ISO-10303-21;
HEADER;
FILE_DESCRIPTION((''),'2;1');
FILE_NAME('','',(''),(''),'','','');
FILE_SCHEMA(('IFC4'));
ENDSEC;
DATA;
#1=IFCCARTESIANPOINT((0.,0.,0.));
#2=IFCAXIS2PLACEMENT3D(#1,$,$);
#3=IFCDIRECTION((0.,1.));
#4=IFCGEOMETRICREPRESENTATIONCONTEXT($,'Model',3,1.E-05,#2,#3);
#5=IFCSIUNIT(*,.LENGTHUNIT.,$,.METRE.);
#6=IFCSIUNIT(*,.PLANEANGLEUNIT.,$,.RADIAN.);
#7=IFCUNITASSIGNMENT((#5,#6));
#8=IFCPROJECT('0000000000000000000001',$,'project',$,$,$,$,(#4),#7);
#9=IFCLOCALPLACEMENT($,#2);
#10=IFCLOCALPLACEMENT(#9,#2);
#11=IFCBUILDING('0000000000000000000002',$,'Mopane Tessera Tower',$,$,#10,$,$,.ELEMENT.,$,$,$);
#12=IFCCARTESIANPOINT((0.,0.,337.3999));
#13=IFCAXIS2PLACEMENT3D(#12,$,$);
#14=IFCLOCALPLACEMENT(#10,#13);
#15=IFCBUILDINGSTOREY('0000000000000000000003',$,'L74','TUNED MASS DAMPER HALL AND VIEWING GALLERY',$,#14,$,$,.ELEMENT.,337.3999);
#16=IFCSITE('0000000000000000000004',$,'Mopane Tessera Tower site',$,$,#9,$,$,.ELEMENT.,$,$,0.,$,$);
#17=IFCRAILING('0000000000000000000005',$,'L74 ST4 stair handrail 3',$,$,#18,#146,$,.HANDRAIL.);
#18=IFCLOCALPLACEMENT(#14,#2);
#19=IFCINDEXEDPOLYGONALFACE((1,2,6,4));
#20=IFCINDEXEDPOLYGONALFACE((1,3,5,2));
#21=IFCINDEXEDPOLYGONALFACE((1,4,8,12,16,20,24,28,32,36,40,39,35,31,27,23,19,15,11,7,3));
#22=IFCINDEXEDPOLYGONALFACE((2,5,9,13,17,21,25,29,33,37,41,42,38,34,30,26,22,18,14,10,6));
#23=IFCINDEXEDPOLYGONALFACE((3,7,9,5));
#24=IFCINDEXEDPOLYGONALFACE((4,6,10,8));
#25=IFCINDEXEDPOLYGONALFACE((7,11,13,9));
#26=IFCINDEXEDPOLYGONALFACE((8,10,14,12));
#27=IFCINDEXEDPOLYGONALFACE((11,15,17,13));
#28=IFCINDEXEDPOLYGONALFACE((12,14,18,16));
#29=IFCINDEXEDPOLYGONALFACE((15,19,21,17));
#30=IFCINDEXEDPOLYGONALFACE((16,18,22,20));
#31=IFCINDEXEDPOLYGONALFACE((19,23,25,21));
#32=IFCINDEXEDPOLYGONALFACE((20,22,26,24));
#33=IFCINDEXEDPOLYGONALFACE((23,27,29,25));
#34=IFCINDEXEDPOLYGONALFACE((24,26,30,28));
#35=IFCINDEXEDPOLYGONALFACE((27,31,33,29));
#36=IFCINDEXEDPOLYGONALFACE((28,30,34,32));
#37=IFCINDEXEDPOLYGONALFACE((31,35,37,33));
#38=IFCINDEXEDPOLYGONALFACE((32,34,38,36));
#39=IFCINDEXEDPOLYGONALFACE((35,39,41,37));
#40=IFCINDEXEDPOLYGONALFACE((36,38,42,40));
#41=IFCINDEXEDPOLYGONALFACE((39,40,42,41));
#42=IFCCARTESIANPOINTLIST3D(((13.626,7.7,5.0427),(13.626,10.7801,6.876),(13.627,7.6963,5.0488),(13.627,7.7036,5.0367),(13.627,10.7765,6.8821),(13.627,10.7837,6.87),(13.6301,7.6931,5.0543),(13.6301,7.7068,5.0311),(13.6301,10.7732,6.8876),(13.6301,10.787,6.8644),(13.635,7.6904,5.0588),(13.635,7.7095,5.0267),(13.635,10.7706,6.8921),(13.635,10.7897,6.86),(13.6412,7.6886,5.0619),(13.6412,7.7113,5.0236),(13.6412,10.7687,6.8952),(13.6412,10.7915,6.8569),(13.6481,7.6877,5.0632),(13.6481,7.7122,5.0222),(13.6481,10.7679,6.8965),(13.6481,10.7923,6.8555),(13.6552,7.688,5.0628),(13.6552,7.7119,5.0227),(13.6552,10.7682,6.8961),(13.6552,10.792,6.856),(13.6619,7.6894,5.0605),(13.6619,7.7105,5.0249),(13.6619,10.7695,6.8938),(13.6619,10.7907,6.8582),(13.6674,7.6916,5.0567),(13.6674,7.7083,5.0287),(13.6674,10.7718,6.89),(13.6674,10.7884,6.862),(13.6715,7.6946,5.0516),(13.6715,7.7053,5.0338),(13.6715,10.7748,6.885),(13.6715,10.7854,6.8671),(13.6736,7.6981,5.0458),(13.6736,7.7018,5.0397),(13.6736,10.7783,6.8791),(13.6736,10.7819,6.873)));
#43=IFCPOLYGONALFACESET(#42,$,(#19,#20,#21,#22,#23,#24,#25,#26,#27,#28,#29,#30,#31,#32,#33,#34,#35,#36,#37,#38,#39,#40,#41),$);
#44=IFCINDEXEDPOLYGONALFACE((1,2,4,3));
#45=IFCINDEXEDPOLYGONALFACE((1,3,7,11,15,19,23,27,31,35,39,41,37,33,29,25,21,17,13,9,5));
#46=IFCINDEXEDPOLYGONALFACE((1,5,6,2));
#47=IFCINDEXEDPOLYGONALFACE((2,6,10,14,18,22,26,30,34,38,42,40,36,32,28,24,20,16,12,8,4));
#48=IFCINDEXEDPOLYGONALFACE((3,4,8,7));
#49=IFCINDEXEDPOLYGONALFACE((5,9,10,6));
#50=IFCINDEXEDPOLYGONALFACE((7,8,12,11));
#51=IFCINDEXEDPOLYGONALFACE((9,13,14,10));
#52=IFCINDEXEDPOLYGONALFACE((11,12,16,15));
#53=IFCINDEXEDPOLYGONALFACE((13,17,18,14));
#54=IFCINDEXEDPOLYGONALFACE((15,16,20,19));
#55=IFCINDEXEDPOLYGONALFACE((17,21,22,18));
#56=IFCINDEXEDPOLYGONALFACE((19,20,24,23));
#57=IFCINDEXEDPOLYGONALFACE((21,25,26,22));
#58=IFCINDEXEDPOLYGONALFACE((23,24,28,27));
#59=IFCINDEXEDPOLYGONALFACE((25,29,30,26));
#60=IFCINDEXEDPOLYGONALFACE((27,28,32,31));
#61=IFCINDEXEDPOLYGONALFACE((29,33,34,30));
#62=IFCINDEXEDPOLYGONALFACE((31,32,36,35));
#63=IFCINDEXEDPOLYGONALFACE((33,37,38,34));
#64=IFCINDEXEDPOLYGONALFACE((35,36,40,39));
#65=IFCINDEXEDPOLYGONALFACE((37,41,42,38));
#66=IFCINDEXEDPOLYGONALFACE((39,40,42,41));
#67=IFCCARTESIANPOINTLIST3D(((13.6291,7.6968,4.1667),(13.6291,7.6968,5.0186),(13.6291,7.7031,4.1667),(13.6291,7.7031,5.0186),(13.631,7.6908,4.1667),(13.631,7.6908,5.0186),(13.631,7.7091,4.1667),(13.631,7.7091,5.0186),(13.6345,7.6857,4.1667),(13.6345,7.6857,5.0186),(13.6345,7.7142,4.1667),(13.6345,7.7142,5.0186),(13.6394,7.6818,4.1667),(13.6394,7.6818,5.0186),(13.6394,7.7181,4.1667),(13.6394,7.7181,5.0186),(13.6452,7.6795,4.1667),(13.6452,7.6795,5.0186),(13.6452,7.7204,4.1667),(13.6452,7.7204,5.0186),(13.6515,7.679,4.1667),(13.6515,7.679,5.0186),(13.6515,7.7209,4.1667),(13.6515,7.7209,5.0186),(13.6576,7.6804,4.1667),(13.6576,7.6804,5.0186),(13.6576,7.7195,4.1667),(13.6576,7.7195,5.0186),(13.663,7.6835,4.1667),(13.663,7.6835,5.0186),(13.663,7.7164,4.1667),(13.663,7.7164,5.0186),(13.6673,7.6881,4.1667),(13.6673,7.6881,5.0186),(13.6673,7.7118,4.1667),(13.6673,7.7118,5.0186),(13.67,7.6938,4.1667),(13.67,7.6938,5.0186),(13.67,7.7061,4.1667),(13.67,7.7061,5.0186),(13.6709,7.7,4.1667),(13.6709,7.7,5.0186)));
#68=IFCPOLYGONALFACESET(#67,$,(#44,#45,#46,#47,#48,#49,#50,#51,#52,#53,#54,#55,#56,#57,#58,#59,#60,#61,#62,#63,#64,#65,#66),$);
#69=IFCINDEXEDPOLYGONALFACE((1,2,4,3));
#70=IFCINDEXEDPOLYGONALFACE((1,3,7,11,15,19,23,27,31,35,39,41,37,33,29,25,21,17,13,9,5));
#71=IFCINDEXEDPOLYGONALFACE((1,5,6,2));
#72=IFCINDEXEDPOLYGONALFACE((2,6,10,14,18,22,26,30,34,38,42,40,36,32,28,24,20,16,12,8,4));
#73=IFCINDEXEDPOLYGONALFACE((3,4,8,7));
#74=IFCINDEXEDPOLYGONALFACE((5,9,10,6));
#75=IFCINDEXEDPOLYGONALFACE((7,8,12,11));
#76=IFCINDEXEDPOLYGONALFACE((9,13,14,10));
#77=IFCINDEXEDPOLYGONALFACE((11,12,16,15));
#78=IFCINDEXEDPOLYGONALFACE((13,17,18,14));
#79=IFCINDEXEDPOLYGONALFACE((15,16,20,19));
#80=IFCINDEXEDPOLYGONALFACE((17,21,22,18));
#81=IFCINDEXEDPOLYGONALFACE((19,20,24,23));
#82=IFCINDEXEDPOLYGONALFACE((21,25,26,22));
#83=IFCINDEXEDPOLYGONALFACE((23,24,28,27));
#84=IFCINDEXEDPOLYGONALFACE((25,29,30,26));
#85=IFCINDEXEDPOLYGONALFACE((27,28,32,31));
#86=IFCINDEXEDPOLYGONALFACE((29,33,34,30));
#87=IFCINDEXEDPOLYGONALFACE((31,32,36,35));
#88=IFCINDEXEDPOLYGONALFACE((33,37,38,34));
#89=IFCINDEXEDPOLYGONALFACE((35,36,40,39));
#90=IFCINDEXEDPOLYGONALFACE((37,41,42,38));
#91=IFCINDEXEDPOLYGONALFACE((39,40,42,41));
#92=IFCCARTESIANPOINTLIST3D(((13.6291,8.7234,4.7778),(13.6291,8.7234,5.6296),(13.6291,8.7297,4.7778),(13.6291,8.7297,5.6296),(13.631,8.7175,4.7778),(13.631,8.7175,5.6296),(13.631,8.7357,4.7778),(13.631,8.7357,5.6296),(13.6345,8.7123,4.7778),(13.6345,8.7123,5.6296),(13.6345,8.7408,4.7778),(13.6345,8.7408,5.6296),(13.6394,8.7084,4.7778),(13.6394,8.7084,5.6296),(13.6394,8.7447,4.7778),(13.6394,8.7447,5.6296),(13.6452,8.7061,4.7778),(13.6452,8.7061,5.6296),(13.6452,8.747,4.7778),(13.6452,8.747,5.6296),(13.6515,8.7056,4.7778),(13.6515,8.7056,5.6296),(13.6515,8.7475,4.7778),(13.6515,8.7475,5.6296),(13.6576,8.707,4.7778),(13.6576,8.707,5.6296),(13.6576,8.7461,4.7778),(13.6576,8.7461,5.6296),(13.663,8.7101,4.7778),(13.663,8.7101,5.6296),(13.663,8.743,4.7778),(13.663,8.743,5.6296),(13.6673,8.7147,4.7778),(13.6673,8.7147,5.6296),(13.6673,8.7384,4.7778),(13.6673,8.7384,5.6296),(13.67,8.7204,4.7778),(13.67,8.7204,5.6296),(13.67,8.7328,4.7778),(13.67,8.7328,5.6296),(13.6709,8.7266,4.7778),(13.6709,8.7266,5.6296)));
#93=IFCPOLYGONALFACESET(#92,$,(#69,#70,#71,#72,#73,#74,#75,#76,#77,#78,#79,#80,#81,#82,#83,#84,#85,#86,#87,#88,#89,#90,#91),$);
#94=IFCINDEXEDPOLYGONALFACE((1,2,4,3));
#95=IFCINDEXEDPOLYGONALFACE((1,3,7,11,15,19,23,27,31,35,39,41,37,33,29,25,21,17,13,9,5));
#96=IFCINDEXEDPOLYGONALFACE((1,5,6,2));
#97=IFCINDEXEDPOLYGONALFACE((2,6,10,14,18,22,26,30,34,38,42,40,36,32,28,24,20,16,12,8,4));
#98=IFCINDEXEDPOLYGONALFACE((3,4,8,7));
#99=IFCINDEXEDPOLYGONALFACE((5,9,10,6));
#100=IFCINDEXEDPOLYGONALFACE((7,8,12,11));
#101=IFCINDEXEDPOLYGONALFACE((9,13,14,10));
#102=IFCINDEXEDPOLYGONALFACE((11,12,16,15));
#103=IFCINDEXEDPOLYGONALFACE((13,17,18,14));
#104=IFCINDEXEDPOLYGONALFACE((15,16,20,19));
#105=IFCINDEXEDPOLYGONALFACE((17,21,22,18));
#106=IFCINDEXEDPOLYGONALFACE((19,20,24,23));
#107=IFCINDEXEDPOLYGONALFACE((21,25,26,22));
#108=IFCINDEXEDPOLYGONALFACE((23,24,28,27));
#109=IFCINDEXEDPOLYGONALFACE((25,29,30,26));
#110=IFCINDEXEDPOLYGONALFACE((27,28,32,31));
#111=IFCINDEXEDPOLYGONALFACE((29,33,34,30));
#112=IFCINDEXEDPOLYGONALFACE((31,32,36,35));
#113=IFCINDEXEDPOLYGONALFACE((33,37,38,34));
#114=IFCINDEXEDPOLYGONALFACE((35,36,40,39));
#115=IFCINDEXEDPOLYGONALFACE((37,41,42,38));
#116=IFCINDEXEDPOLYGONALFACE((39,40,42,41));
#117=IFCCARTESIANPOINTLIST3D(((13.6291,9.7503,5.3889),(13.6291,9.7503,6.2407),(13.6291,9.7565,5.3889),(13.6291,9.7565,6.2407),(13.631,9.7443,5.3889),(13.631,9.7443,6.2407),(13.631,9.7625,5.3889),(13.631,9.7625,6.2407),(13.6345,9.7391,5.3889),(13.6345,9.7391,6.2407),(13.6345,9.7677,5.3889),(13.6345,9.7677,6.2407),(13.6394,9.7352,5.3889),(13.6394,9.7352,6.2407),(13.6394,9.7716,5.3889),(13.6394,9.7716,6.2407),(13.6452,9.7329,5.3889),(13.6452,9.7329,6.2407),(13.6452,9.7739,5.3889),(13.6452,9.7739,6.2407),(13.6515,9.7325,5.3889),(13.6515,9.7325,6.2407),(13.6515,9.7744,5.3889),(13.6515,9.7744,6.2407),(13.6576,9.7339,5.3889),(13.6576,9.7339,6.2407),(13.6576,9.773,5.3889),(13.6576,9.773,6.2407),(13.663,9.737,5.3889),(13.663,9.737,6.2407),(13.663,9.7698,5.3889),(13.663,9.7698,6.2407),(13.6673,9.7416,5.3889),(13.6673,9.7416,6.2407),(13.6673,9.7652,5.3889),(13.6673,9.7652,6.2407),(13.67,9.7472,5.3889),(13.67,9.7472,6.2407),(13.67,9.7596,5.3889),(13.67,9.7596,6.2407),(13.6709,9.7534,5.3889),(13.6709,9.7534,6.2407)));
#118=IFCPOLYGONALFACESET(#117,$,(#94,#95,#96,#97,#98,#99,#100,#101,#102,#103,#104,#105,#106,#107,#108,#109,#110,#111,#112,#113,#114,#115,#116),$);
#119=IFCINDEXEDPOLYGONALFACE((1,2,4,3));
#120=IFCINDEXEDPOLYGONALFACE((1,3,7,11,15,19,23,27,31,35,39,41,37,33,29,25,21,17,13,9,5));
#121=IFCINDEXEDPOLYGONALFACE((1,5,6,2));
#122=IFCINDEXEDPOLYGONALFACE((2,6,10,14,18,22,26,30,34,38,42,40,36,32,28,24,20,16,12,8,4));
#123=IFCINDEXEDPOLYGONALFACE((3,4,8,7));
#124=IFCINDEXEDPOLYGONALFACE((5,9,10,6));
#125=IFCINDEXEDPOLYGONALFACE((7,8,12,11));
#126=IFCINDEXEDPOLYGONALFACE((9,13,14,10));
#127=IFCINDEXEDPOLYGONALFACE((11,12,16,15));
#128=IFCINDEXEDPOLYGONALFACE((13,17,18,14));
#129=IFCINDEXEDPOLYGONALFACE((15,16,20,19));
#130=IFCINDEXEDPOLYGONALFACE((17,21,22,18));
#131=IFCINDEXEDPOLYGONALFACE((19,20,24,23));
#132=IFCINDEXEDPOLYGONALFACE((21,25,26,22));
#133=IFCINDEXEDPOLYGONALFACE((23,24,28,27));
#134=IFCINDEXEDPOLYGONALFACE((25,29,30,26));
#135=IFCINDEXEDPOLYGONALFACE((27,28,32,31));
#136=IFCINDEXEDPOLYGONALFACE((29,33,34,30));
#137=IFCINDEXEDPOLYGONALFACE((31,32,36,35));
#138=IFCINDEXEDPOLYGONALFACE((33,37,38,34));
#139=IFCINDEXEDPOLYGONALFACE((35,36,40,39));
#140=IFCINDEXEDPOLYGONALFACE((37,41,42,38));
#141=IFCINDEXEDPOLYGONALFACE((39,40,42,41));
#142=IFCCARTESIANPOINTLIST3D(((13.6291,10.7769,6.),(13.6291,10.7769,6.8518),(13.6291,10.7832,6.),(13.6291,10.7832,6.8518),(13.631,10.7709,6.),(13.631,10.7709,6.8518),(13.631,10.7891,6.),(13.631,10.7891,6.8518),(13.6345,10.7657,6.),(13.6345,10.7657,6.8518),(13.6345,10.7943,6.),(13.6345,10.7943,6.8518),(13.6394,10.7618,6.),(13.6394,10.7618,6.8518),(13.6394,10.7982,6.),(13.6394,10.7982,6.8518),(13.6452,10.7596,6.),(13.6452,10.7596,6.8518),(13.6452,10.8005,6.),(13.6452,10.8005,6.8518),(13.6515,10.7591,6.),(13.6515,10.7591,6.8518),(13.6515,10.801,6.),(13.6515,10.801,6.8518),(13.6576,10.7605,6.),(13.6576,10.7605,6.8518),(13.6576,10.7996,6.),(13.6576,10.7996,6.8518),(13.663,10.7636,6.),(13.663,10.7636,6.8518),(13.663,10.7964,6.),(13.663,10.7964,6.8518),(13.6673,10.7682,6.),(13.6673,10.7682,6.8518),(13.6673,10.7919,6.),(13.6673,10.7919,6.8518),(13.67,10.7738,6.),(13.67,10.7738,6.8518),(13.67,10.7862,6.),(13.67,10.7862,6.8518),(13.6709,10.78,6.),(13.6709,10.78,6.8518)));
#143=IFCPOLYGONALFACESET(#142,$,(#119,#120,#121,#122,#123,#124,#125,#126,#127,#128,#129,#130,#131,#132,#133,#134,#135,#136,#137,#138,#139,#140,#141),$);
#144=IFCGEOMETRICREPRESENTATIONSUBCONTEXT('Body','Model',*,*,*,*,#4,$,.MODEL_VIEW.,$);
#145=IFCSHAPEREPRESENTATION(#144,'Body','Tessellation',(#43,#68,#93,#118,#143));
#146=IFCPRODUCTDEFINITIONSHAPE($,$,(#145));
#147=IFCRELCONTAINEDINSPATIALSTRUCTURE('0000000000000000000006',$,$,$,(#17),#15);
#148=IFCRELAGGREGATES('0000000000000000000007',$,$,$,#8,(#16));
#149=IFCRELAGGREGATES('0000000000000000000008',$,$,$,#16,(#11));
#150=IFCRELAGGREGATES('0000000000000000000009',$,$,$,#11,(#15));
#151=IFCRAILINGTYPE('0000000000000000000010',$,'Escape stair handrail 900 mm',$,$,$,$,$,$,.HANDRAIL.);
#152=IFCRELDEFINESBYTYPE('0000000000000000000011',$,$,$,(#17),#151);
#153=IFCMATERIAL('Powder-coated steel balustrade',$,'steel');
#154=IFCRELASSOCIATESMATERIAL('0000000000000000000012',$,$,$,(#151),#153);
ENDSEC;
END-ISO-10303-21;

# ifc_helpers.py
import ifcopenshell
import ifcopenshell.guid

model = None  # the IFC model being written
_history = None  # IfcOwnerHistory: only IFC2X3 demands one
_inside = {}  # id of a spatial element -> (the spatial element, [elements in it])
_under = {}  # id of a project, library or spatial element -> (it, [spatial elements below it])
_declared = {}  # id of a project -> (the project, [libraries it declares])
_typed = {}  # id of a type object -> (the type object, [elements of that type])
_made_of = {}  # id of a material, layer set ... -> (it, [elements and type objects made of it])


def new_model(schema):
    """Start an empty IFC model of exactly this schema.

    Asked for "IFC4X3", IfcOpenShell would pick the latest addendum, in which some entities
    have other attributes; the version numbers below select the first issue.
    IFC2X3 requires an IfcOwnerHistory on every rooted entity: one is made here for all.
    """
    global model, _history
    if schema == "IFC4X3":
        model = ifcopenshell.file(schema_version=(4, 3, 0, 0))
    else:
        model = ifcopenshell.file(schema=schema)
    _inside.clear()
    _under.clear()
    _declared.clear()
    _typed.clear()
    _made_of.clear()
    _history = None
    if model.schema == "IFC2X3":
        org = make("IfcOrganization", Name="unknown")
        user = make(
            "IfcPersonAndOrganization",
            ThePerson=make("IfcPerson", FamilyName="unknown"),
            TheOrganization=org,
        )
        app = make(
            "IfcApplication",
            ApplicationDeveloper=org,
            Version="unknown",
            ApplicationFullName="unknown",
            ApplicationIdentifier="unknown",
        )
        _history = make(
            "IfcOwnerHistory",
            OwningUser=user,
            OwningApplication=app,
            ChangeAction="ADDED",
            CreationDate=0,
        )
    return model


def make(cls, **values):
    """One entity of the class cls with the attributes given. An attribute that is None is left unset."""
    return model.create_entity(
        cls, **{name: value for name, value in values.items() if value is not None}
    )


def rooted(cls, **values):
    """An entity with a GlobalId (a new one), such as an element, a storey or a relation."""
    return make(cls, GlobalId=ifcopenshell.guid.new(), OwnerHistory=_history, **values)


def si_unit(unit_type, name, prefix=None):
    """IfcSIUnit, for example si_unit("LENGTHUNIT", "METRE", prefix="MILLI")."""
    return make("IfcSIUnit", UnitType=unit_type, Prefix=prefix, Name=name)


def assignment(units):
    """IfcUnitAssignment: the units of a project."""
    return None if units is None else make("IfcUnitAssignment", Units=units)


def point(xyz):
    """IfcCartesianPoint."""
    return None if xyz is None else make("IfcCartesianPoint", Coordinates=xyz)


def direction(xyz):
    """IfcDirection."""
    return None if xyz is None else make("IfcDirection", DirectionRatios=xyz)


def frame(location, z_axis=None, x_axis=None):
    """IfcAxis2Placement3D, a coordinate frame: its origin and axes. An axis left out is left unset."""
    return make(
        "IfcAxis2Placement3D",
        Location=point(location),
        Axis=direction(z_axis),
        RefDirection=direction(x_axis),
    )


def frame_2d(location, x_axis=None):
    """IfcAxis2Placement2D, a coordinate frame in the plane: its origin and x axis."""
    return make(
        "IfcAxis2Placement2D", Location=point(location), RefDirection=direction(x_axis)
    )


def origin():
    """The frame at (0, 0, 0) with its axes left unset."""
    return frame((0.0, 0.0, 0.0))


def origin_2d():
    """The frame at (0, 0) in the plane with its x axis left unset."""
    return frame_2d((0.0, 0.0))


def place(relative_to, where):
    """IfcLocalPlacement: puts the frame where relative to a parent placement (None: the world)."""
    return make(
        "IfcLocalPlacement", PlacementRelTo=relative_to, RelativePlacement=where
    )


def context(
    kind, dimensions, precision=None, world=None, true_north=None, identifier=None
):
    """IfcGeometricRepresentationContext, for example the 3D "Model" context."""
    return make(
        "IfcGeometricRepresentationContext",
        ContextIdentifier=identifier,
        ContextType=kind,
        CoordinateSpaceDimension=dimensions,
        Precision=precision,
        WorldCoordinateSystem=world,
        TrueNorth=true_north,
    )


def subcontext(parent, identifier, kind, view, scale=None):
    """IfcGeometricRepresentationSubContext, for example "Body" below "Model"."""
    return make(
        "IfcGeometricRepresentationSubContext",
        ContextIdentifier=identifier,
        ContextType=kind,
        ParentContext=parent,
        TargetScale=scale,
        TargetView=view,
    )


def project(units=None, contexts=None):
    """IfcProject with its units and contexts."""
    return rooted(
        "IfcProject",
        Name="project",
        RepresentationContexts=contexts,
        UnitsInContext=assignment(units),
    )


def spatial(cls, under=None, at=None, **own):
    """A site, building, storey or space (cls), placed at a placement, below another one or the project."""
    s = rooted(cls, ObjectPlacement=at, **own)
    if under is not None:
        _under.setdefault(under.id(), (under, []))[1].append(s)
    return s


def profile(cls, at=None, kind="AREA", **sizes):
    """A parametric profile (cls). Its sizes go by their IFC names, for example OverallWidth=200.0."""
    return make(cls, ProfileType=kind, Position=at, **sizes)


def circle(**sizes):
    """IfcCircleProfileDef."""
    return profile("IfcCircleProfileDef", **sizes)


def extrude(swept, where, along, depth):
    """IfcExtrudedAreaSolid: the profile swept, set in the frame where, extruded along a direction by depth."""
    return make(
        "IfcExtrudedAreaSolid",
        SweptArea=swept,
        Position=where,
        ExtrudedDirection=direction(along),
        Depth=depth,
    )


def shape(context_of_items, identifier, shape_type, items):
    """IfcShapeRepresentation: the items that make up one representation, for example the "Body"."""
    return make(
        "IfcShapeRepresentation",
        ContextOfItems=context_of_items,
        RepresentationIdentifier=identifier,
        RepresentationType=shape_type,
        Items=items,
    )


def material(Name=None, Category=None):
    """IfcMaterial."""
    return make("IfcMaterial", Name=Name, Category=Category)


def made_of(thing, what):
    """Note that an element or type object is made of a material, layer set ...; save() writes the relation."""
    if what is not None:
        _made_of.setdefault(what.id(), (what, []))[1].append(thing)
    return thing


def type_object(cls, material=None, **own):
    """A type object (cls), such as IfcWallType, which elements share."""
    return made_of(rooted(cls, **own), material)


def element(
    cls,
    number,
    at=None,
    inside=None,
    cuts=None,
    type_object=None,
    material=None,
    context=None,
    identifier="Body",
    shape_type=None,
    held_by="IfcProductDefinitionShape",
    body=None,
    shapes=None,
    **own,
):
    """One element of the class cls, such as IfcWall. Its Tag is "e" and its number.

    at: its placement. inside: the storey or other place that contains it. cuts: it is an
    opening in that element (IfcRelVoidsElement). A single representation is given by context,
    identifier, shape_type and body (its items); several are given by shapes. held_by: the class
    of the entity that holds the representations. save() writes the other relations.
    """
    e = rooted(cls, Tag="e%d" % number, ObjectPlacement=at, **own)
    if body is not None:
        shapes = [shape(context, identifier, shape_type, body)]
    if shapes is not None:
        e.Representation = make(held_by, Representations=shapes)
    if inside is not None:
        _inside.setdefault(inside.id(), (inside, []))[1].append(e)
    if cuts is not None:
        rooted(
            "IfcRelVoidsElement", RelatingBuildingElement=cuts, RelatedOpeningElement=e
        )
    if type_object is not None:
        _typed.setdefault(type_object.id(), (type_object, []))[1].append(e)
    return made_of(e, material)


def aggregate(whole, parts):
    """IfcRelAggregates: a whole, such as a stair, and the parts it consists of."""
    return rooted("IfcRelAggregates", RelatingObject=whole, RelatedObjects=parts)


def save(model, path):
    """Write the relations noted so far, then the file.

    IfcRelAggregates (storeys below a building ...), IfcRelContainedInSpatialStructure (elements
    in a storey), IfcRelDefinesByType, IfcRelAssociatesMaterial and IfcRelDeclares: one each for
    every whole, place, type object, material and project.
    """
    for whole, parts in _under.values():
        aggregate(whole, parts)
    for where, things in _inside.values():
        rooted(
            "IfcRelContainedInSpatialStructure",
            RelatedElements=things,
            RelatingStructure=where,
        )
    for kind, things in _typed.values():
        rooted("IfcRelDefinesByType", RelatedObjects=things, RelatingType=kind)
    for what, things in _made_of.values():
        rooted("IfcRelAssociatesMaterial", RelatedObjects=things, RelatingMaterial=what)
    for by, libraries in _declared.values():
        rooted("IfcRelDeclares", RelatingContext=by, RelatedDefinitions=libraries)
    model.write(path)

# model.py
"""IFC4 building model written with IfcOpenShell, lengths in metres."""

from ifc_helpers import new_model, si_unit, direction, frame, origin, origin_2d, place, context, subcontext, project, spatial, circle, extrude, material, type_object, element, save


model = new_model("IFC4")

# Units and contexts
model_context = context("Model", 3, precision=1e-05, world=origin(), true_north=direction((0.0, 1.0)))
body_context = subcontext(model_context, "Body", "Model", "MODEL_VIEW")
ifc_project = project(units=[si_unit("LENGTHUNIT", "METRE"), si_unit("PLANEANGLEUNIT", "RADIAN")], contexts=[model_context])

# Site, building, storey
site_placement = place(None, origin())
site = spatial("IfcSite", under=ifc_project, at=site_placement, Name="Mopane Tessera Tower site", CompositionType="ELEMENT", RefElevation=0.0)
building_placement = place(site_placement, origin())
building = spatial("IfcBuilding", under=site, at=building_placement, Name="Mopane Tessera Tower", CompositionType="ELEMENT")
storey_placement = place(building_placement, frame((0.0, 0.0, 337.3999)))
storey = spatial("IfcBuildingStorey", under=building, at=storey_placement, Name="L74", Description="TUNED MASS DAMPER HALL AND VIEWING GALLERY", CompositionType="ELEMENT", Elevation=337.3999)

# Railing
ifc_material_1 = material(Name="Powder-coated steel balustrade", Category="steel")
railing_type_1 = type_object("IfcRailingType", Name="Escape stair handrail 900 mm", PredefinedType="HANDRAIL", material=ifc_material_1)
for number, where, name in (
    (1, (13.6499, 7.7, 4.1667), "L74 ST4 stair handrail 3"),
):
    element("IfcRailing", number, at=place(storey_placement, frame(where)), inside=storey, type_object=railing_type_1, Name=name, PredefinedType="HANDRAIL", context=body_context, shape_type="SweptSolid", body=[
        extrude(circle(Radius=0.0239, at=origin_2d()), frame((0.0, 0.0, 0.876), z_axis=(0.0, 0.859309, 0.511458), x_axis=(-1.0, 0.0, 0.0)), (0.0, 0.0, 1.0), 3.5845),
        extrude(circle(Radius=0.021, at=origin_2d()), origin(), (0.0, 0.0, 1.0), 0.8518),
        extrude(circle(Radius=0.021, at=origin_2d()), frame((0.0, 1.0266, 0.6111)), (0.0, 0.0, 1.0), 0.8518),
        extrude(circle(Radius=0.021, at=origin_2d()), frame((0.0, 2.0535, 1.2222)), (0.0, 0.0, 1.0), 0.8518),
        extrude(circle(Radius=0.021, at=origin_2d()), frame((0.0, 3.0801, 1.8333)), (0.0, 0.0, 1.0), 0.8518),
    ])

save(model, "model.ifc")
